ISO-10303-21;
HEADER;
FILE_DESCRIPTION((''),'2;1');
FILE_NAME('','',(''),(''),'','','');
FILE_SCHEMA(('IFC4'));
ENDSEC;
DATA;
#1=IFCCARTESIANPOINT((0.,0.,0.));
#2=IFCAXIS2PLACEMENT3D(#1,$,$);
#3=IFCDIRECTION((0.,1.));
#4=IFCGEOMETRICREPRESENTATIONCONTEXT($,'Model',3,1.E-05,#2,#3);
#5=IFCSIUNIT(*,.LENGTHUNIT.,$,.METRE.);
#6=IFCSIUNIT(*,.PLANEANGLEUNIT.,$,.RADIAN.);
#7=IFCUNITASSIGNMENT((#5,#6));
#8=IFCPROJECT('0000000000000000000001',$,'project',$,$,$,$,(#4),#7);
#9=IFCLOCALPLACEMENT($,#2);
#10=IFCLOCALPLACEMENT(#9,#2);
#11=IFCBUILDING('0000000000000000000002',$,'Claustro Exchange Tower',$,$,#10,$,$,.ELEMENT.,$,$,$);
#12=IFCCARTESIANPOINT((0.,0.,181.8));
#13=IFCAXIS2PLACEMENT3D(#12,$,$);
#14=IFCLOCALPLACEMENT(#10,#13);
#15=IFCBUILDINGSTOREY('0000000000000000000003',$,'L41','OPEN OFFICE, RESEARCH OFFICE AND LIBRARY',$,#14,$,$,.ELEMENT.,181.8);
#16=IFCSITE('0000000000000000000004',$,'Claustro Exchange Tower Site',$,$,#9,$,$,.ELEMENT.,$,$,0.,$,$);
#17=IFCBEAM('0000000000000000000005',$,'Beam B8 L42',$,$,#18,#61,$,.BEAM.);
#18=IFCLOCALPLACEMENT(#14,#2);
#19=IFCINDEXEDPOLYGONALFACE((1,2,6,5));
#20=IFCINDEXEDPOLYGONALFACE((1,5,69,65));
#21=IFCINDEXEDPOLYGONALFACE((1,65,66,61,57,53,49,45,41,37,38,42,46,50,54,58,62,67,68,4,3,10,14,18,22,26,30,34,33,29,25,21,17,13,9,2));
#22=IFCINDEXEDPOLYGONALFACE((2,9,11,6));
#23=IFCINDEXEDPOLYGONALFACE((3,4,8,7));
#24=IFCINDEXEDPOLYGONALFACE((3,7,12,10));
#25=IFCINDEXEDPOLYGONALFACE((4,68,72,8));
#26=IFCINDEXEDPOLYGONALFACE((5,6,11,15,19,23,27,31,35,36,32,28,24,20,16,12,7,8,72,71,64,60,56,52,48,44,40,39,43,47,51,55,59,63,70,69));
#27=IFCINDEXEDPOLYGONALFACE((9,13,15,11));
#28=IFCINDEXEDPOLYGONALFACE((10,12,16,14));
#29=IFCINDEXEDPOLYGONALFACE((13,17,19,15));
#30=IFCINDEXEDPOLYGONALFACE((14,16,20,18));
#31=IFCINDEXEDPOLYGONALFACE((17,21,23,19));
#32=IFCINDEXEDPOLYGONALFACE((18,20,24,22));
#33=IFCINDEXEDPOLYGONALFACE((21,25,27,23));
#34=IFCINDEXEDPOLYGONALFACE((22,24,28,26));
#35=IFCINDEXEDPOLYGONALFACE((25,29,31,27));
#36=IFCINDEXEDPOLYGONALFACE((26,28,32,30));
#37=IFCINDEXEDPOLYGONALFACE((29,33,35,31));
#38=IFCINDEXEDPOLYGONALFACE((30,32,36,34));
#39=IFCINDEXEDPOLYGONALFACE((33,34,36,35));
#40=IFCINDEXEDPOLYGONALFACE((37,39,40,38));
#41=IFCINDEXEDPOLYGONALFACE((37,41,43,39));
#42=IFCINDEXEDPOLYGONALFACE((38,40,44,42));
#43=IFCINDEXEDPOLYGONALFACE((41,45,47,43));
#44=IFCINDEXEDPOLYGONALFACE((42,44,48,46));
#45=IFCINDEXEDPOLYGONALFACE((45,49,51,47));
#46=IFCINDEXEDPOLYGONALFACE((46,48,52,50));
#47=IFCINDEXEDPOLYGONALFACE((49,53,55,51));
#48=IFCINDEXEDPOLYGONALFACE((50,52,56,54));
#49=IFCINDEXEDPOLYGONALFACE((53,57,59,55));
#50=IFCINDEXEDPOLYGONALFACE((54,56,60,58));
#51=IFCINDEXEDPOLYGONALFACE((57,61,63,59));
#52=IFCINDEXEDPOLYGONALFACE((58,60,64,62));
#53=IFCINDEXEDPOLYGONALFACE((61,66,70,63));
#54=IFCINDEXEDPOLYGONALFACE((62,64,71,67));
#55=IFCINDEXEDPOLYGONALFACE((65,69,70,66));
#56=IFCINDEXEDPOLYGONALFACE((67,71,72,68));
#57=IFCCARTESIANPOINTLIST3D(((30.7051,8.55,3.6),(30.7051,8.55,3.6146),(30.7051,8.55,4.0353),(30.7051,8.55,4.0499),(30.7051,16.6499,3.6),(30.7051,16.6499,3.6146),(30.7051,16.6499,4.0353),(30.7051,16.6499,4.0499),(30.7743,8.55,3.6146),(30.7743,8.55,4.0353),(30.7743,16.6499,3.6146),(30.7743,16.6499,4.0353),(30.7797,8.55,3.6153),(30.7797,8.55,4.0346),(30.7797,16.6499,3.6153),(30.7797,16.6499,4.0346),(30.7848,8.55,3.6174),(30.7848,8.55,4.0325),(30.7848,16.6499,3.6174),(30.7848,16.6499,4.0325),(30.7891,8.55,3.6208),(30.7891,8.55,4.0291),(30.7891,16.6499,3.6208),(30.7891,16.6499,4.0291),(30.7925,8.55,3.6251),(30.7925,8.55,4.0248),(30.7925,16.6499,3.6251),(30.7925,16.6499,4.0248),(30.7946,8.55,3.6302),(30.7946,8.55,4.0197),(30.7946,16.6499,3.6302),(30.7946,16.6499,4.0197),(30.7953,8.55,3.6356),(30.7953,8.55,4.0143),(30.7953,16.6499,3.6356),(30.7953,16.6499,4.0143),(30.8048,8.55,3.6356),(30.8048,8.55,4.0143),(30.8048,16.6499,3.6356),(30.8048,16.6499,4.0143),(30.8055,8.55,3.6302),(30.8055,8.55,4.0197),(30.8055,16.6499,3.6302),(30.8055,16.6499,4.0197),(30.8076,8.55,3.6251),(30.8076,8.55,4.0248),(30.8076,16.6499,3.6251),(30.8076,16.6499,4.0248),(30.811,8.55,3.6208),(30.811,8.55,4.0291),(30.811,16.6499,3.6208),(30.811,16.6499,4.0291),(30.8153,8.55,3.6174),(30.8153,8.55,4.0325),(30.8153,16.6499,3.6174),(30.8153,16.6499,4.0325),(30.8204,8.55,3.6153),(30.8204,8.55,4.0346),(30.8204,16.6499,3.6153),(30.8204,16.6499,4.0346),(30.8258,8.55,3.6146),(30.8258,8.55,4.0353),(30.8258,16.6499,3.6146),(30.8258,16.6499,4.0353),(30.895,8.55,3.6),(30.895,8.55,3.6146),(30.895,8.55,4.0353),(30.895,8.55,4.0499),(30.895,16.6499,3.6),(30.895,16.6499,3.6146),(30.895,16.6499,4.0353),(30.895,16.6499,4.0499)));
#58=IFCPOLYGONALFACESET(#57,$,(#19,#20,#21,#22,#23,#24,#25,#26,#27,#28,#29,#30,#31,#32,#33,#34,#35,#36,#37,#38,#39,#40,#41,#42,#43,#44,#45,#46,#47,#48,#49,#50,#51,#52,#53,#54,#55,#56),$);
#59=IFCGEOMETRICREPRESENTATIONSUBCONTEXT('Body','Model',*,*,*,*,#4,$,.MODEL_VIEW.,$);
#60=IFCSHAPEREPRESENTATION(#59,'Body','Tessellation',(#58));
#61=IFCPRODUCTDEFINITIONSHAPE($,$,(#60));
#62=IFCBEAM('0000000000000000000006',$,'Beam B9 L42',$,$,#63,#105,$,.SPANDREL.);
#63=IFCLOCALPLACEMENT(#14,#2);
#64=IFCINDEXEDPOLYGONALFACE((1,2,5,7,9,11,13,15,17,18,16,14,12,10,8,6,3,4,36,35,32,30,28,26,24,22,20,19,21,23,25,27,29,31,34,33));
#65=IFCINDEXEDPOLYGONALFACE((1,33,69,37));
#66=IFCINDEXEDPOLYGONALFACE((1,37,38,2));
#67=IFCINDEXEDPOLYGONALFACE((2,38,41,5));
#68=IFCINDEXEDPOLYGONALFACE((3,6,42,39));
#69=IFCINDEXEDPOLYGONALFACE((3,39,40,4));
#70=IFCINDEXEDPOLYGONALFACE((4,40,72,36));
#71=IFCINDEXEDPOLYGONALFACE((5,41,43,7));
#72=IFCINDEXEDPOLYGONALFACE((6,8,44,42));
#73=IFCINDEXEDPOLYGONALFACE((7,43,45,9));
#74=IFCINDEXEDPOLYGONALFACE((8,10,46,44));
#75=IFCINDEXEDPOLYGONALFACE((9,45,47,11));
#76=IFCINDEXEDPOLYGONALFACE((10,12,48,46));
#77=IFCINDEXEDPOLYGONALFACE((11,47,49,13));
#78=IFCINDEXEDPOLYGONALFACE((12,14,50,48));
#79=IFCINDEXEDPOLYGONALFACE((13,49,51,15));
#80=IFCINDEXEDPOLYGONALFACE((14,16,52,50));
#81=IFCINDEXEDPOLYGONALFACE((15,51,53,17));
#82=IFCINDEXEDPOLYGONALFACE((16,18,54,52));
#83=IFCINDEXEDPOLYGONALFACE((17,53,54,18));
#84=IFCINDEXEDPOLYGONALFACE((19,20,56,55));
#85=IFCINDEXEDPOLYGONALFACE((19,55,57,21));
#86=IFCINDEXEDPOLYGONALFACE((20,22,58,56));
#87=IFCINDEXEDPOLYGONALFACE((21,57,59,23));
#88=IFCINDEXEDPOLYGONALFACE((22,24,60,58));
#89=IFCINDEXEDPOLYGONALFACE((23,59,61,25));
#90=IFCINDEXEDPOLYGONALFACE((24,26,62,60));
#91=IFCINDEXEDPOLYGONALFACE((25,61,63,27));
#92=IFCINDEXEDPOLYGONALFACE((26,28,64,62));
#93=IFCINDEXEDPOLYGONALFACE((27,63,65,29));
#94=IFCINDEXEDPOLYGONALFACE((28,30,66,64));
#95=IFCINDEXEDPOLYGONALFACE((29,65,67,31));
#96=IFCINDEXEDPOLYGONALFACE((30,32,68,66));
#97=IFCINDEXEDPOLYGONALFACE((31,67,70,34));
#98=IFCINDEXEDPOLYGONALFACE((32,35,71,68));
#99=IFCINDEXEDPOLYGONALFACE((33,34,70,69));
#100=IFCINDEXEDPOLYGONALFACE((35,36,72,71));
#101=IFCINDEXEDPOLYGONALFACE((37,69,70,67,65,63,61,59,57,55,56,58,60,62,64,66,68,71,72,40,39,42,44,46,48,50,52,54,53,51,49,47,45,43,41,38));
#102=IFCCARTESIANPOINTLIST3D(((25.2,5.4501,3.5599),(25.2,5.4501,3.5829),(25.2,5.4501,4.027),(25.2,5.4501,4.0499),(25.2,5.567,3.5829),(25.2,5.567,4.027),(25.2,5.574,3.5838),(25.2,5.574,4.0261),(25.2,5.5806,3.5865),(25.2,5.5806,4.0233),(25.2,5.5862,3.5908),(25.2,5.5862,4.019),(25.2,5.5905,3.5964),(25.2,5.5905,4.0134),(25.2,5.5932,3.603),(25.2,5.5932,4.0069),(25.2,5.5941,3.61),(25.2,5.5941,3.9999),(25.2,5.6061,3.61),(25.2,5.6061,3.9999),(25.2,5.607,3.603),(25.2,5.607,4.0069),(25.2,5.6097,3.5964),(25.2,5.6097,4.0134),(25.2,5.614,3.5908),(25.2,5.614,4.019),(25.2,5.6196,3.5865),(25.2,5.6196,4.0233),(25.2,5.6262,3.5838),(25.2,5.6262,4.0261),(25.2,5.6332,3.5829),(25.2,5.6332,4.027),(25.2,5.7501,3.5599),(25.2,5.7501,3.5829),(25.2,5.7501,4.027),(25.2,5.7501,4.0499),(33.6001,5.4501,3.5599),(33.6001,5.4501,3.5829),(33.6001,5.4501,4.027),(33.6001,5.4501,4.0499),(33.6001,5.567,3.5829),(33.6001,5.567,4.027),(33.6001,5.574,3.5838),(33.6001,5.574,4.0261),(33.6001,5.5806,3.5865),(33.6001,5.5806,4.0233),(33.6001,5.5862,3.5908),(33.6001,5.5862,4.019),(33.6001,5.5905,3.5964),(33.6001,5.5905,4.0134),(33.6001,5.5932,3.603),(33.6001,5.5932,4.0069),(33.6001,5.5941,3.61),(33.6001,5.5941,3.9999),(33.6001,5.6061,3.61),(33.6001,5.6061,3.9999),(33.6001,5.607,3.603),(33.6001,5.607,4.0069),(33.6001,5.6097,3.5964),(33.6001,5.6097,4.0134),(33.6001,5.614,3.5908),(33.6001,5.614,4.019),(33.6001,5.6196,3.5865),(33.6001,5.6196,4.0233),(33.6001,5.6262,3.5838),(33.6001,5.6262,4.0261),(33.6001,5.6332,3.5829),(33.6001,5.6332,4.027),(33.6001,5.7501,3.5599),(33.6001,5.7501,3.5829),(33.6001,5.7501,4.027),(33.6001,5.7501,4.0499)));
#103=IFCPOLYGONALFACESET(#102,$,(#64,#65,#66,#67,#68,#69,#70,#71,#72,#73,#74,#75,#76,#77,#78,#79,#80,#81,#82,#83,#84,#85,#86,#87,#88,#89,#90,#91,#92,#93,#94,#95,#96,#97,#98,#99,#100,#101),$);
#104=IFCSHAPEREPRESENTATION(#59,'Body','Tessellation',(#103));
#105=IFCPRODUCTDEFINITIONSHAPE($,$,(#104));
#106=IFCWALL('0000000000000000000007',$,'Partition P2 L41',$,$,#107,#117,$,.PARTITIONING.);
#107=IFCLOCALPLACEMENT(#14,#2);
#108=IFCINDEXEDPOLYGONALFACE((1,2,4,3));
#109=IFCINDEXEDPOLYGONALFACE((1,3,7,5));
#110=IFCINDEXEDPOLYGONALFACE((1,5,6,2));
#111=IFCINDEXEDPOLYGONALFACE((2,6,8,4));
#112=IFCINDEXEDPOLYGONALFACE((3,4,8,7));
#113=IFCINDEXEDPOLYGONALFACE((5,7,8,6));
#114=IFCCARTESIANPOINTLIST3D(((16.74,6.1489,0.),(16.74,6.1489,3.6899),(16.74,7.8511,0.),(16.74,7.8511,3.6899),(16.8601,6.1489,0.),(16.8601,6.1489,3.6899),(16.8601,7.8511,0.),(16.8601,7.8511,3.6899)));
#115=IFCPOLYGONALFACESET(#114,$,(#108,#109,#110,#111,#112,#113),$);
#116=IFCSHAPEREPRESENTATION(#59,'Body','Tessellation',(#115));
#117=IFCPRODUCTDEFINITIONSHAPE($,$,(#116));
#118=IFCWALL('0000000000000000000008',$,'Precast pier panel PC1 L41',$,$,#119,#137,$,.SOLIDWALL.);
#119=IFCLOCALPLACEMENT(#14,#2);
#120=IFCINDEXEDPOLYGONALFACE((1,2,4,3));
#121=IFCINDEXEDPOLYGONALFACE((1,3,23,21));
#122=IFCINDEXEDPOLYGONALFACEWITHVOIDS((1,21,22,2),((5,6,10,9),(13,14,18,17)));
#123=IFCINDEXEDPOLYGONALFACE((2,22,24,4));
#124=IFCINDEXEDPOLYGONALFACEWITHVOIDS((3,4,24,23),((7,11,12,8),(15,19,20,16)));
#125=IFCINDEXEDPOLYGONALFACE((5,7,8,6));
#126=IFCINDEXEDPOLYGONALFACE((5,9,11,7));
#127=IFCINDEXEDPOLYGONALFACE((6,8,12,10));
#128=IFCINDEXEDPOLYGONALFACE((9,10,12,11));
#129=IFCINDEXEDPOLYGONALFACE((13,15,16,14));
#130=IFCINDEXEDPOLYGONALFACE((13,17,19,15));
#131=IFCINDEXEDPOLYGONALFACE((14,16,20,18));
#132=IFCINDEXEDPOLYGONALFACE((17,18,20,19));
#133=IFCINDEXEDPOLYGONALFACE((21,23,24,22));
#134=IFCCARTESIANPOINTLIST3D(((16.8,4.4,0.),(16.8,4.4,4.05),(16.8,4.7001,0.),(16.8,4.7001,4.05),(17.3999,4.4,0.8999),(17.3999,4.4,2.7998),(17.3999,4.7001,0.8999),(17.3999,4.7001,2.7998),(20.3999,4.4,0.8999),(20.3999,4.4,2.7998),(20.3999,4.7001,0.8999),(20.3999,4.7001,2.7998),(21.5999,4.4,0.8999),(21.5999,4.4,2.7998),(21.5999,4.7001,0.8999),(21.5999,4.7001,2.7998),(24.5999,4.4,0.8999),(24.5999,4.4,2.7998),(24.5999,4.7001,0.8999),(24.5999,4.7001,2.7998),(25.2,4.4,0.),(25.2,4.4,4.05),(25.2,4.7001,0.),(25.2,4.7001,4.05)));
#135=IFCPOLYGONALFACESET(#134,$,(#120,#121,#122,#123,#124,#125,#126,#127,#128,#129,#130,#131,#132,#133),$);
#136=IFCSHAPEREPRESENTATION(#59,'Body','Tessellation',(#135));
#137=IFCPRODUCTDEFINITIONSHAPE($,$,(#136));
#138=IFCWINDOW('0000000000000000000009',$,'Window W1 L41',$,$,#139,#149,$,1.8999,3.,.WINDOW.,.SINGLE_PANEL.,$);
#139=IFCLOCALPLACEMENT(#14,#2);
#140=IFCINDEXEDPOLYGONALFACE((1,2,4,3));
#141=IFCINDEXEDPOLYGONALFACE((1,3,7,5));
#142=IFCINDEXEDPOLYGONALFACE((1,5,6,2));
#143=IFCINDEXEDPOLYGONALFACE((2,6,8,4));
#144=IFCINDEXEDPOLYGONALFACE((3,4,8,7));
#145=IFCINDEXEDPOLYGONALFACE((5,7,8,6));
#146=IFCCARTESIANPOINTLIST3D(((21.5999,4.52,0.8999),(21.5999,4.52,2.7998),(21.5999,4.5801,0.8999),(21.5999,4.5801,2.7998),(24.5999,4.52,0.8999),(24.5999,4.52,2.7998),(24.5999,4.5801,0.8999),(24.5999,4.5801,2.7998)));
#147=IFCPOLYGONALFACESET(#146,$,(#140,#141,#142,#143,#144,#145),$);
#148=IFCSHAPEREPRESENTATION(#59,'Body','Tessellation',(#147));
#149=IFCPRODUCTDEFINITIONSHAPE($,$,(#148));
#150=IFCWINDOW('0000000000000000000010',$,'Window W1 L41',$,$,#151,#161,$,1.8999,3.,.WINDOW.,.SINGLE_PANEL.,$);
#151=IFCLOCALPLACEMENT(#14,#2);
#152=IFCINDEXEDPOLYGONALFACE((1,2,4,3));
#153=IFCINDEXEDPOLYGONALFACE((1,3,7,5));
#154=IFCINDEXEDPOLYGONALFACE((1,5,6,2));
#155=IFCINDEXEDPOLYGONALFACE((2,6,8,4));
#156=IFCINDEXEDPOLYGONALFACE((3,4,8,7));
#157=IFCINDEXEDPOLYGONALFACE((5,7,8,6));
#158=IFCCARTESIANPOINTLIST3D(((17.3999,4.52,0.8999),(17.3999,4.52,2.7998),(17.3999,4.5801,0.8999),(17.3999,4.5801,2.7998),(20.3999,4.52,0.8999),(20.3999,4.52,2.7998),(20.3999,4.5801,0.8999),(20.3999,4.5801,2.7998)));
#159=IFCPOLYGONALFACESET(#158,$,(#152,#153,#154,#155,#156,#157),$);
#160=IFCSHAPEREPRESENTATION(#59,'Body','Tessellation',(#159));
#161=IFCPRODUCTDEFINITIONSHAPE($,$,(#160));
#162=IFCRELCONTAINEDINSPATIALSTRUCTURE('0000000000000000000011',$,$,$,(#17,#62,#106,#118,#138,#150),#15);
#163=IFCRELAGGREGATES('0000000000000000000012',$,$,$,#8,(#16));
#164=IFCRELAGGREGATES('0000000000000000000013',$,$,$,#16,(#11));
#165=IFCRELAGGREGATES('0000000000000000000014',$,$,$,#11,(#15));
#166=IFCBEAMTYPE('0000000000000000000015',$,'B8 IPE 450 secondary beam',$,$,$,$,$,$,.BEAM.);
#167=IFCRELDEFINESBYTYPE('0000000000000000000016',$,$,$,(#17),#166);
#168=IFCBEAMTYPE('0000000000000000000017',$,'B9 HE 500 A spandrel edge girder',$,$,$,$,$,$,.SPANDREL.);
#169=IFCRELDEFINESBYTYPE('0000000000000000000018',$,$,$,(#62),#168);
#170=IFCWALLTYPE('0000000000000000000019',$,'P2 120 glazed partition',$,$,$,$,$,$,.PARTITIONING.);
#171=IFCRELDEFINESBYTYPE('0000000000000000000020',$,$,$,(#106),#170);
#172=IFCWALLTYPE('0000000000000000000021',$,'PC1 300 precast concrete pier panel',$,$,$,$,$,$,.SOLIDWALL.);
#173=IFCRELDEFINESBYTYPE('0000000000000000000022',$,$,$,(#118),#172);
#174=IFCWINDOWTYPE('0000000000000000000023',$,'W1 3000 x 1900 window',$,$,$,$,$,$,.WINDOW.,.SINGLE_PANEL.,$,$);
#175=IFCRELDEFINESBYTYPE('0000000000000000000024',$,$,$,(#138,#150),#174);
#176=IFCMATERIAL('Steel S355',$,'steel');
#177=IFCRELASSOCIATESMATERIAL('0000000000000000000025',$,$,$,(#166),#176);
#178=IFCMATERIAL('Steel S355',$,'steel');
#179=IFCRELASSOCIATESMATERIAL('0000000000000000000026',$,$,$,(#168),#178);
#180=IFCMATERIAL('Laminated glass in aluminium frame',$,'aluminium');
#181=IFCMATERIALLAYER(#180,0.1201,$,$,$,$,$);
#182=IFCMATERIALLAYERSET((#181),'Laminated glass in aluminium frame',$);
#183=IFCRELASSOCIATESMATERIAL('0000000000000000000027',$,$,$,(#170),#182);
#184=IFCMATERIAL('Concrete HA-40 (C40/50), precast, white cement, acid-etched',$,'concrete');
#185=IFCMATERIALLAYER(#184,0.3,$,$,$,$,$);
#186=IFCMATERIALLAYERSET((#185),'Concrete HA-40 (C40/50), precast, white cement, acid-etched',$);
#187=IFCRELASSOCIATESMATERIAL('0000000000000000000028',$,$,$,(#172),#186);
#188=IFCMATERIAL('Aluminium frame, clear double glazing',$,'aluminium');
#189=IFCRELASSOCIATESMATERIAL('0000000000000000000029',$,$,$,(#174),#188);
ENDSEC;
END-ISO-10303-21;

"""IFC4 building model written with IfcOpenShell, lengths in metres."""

from ifc_helpers import new_model, si_unit, direction, frame, frame_2d, origin, origin_2d, place, context, subcontext, project, spatial, rectangle, i_section, extrude, material, layer, layer_set, material_profile, profile_set, type_object, element, fill, save


model = new_model("IFC4")

# Units and contexts
model_context = context("Model", 3, precision=1e-05, world=origin(), true_north=direction((0.0, 1.0)))
body_context = subcontext(model_context, "Body", "Model", "MODEL_VIEW")
ifc_project = project(units=[si_unit("LENGTHUNIT", "METRE"), si_unit("PLANEANGLEUNIT", "RADIAN")], contexts=[model_context])

# Site, building, storey
site_placement = place(None, origin())
site = spatial("IfcSite", under=ifc_project, at=site_placement, Name="Claustro Exchange Tower Site", CompositionType="ELEMENT", RefElevation=0.0)
building_placement = place(site_placement, origin())
building = spatial("IfcBuilding", under=site, at=building_placement, Name="Claustro Exchange Tower", CompositionType="ELEMENT")
storey_placement = place(building_placement, frame((0.0, 0.0, 181.8)))
storey = spatial("IfcBuildingStorey", under=building, at=storey_placement, Name="L41", Description="OPEN OFFICE, RESEARCH OFFICE AND LIBRARY", CompositionType="ELEMENT", Elevation=181.8)

# Beams
ifc_material_1 = material(Name="Steel S355", Category="steel")
ifc_material_profile_1 = material_profile(ifc_material_1, i_section(OverallWidth=0.1899, OverallDepth=0.45, WebThickness=0.0095, FlangeThickness=0.0146, FilletRadius=0.021, at=origin_2d()), Name="IPE 450")
ifc_profile_set_1 = profile_set([ifc_material_profile_1], Name="Steel S355")
beam_type_1 = type_object("IfcBeamType", Name="B8 IPE 450 secondary beam", PredefinedType="BEAM", material=ifc_profile_set_1)
for number, where, z_axis, x_axis, name in (
    (1, (30.8, 8.55, 3.825), (0.0, 1.0, 0.0), (-1.0, 0.0, 0.0), "Beam B8 L42"),
):
    element("IfcBeam", number, at=place(storey_placement, frame(where, z_axis=z_axis, x_axis=x_axis)), inside=storey, type_object=beam_type_1, Name=name, PredefinedType="BEAM", context=body_context, shape_type="SweptSolid", body=[
        extrude(i_section(OverallWidth=0.1899, OverallDepth=0.45, WebThickness=0.0095, FlangeThickness=0.0146, FilletRadius=0.021, at=origin_2d()), origin(), (0.0, 0.0, 1.0), 8.0999),
    ])
ifc_material_2 = material(Name="Steel S355", Category="steel")
ifc_material_profile_2 = material_profile(ifc_material_2, i_section(OverallWidth=0.3, OverallDepth=0.49, WebThickness=0.012, FlangeThickness=0.0229, FilletRadius=0.0271, at=origin_2d()), Name="HE 500 A")
ifc_profile_set_2 = profile_set([ifc_material_profile_2], Name="Steel S355")
beam_type_2 = type_object("IfcBeamType", Name="B9 HE 500 A spandrel edge girder", PredefinedType="SPANDREL", material=ifc_profile_set_2)
beam_1_placement = place(storey_placement, frame((25.2, 5.6001, 3.8049), z_axis=(1.0, 0.0, 0.0), x_axis=(0.0, 1.0, 0.0)))
element("IfcBeam", 2, at=beam_1_placement, inside=storey, type_object=beam_type_2, Name="Beam B9 L42", PredefinedType="SPANDREL", context=body_context, shape_type="SweptSolid", body=[
    extrude(i_section(OverallWidth=0.3, OverallDepth=0.49, WebThickness=0.012, FlangeThickness=0.0229, FilletRadius=0.0271, at=origin_2d()), origin(), (0.0, 0.0, 1.0), 8.4001),
])

# Wall
ifc_material_3 = material(Name="Laminated glass in aluminium frame", Category="aluminium")
ifc_layer_1 = layer(ifc_material_3, 0.1201)
ifc_layer_set_1 = layer_set([ifc_layer_1], Name="Laminated glass in aluminium frame")
wall_type_1 = type_object("IfcWallType", Name="P2 120 glazed partition", PredefinedType="PARTITIONING", material=ifc_layer_set_1)
wall_1_placement = place(storey_placement, frame((16.8, 6.1489, 0.0), z_axis=(0.0, 0.0, 1.0), x_axis=(0.0, 1.0, 0.0)))
element("IfcWall", 3, at=wall_1_placement, inside=storey, type_object=wall_type_1, Name="Partition P2 L41", PredefinedType="PARTITIONING", context=body_context, shape_type="SweptSolid", body=[
    extrude(rectangle(XDim=1.7021, YDim=0.1201, at=frame_2d((0.8511, 0.0))), origin(), (0.0, 0.0, 1.0), 3.6899),
])

# Wall, openings, windows
ifc_material_4 = material(Name="Concrete HA-40 (C40/50), precast, white cement, acid-etched", Category="concrete")
ifc_layer_2 = layer(ifc_material_4, 0.3)
ifc_layer_set_2 = layer_set([ifc_layer_2], Name="Concrete HA-40 (C40/50), precast, white cement, acid-etched")
wall_type_2 = type_object("IfcWallType", Name="PC1 300 precast concrete pier panel", PredefinedType="SOLIDWALL", material=ifc_layer_set_2)
wall_2_placement = place(storey_placement, frame((25.2, 4.55, 0.0), z_axis=(0.0, 0.0, 1.0), x_axis=(-1.0, 0.0, 0.0)))
wall_2 = element("IfcWall", 4, at=wall_2_placement, inside=storey, type_object=wall_type_2, Name="Precast pier panel PC1 L41", PredefinedType="SOLIDWALL", context=body_context, shape_type="SweptSolid", body=[
    extrude(rectangle(XDim=8.3999, YDim=0.3, at=frame_2d((4.2, 0.0))), origin(), (0.0, 0.0, 1.0), 4.05),
])
opening_1_placement = place(wall_2_placement, frame((0.6001, 0.0, 0.8999)))
opening_1 = element("IfcOpeningElement", 5, at=opening_1_placement, cuts=wall_2, PredefinedType="OPENING", context=body_context, shape_type="SweptSolid", body=[
    extrude(rectangle(XDim=3.0, YDim=1.8999, at=frame_2d((1.5, 0.95))), frame((0.0, 0.1599, 0.0), z_axis=(0.0, -1.0, 0.0), x_axis=(1.0, 0.0, 0.0)), (0.0, 0.0, 1.0), 0.3201),
])
opening_2_placement = place(wall_2_placement, frame((4.8, 0.0, 0.8999)))
opening_2 = element("IfcOpeningElement", 6, at=opening_2_placement, cuts=wall_2, PredefinedType="OPENING", context=body_context, shape_type="SweptSolid", body=[
    extrude(rectangle(XDim=3.0, YDim=1.8999, at=frame_2d((1.5, 0.95))), frame((0.0, 0.1599, 0.0), z_axis=(0.0, -1.0, 0.0), x_axis=(1.0, 0.0, 0.0)), (0.0, 0.0, 1.0), 0.3201),
])
ifc_material_5 = material(Name="Aluminium frame, clear double glazing", Category="aluminium")
window_type_1 = type_object("IfcWindowType", Name="W1 3000 x 1900 window", PartitioningType="SINGLE_PANEL", PredefinedType="WINDOW", material=ifc_material_5)
window_1_placement = place(opening_1_placement, origin())
window_1 = element("IfcWindow", 7, at=window_1_placement, inside=storey, type_object=window_type_1, Name="Window W1 L41", OverallHeight=1.8999, OverallWidth=3.0, PartitioningType="SINGLE_PANEL", PredefinedType="WINDOW", context=body_context, shape_type="SweptSolid", body=[
    extrude(rectangle(XDim=3.0, YDim=1.8999, at=frame_2d((1.5, 0.95))), frame((0.0, 0.03, 0.0), z_axis=(0.0, -1.0, 0.0), x_axis=(1.0, 0.0, 0.0)), (0.0, 0.0, 1.0), 0.0601),
])
fill(opening_1, window_1)
window_2_placement = place(opening_2_placement, origin())
window_2 = element("IfcWindow", 8, at=window_2_placement, inside=storey, type_object=window_type_1, Name="Window W1 L41", OverallHeight=1.8999, OverallWidth=3.0, PartitioningType="SINGLE_PANEL", PredefinedType="WINDOW", context=body_context, shape_type="SweptSolid", body=[
    extrude(rectangle(XDim=3.0, YDim=1.8999, at=frame_2d((1.5, 0.95))), frame((0.0, 0.03, 0.0), z_axis=(0.0, -1.0, 0.0), x_axis=(1.0, 0.0, 0.0)), (0.0, 0.0, 1.0), 0.0601),
])
fill(opening_2, window_2)

save(model, "model.ifc")
